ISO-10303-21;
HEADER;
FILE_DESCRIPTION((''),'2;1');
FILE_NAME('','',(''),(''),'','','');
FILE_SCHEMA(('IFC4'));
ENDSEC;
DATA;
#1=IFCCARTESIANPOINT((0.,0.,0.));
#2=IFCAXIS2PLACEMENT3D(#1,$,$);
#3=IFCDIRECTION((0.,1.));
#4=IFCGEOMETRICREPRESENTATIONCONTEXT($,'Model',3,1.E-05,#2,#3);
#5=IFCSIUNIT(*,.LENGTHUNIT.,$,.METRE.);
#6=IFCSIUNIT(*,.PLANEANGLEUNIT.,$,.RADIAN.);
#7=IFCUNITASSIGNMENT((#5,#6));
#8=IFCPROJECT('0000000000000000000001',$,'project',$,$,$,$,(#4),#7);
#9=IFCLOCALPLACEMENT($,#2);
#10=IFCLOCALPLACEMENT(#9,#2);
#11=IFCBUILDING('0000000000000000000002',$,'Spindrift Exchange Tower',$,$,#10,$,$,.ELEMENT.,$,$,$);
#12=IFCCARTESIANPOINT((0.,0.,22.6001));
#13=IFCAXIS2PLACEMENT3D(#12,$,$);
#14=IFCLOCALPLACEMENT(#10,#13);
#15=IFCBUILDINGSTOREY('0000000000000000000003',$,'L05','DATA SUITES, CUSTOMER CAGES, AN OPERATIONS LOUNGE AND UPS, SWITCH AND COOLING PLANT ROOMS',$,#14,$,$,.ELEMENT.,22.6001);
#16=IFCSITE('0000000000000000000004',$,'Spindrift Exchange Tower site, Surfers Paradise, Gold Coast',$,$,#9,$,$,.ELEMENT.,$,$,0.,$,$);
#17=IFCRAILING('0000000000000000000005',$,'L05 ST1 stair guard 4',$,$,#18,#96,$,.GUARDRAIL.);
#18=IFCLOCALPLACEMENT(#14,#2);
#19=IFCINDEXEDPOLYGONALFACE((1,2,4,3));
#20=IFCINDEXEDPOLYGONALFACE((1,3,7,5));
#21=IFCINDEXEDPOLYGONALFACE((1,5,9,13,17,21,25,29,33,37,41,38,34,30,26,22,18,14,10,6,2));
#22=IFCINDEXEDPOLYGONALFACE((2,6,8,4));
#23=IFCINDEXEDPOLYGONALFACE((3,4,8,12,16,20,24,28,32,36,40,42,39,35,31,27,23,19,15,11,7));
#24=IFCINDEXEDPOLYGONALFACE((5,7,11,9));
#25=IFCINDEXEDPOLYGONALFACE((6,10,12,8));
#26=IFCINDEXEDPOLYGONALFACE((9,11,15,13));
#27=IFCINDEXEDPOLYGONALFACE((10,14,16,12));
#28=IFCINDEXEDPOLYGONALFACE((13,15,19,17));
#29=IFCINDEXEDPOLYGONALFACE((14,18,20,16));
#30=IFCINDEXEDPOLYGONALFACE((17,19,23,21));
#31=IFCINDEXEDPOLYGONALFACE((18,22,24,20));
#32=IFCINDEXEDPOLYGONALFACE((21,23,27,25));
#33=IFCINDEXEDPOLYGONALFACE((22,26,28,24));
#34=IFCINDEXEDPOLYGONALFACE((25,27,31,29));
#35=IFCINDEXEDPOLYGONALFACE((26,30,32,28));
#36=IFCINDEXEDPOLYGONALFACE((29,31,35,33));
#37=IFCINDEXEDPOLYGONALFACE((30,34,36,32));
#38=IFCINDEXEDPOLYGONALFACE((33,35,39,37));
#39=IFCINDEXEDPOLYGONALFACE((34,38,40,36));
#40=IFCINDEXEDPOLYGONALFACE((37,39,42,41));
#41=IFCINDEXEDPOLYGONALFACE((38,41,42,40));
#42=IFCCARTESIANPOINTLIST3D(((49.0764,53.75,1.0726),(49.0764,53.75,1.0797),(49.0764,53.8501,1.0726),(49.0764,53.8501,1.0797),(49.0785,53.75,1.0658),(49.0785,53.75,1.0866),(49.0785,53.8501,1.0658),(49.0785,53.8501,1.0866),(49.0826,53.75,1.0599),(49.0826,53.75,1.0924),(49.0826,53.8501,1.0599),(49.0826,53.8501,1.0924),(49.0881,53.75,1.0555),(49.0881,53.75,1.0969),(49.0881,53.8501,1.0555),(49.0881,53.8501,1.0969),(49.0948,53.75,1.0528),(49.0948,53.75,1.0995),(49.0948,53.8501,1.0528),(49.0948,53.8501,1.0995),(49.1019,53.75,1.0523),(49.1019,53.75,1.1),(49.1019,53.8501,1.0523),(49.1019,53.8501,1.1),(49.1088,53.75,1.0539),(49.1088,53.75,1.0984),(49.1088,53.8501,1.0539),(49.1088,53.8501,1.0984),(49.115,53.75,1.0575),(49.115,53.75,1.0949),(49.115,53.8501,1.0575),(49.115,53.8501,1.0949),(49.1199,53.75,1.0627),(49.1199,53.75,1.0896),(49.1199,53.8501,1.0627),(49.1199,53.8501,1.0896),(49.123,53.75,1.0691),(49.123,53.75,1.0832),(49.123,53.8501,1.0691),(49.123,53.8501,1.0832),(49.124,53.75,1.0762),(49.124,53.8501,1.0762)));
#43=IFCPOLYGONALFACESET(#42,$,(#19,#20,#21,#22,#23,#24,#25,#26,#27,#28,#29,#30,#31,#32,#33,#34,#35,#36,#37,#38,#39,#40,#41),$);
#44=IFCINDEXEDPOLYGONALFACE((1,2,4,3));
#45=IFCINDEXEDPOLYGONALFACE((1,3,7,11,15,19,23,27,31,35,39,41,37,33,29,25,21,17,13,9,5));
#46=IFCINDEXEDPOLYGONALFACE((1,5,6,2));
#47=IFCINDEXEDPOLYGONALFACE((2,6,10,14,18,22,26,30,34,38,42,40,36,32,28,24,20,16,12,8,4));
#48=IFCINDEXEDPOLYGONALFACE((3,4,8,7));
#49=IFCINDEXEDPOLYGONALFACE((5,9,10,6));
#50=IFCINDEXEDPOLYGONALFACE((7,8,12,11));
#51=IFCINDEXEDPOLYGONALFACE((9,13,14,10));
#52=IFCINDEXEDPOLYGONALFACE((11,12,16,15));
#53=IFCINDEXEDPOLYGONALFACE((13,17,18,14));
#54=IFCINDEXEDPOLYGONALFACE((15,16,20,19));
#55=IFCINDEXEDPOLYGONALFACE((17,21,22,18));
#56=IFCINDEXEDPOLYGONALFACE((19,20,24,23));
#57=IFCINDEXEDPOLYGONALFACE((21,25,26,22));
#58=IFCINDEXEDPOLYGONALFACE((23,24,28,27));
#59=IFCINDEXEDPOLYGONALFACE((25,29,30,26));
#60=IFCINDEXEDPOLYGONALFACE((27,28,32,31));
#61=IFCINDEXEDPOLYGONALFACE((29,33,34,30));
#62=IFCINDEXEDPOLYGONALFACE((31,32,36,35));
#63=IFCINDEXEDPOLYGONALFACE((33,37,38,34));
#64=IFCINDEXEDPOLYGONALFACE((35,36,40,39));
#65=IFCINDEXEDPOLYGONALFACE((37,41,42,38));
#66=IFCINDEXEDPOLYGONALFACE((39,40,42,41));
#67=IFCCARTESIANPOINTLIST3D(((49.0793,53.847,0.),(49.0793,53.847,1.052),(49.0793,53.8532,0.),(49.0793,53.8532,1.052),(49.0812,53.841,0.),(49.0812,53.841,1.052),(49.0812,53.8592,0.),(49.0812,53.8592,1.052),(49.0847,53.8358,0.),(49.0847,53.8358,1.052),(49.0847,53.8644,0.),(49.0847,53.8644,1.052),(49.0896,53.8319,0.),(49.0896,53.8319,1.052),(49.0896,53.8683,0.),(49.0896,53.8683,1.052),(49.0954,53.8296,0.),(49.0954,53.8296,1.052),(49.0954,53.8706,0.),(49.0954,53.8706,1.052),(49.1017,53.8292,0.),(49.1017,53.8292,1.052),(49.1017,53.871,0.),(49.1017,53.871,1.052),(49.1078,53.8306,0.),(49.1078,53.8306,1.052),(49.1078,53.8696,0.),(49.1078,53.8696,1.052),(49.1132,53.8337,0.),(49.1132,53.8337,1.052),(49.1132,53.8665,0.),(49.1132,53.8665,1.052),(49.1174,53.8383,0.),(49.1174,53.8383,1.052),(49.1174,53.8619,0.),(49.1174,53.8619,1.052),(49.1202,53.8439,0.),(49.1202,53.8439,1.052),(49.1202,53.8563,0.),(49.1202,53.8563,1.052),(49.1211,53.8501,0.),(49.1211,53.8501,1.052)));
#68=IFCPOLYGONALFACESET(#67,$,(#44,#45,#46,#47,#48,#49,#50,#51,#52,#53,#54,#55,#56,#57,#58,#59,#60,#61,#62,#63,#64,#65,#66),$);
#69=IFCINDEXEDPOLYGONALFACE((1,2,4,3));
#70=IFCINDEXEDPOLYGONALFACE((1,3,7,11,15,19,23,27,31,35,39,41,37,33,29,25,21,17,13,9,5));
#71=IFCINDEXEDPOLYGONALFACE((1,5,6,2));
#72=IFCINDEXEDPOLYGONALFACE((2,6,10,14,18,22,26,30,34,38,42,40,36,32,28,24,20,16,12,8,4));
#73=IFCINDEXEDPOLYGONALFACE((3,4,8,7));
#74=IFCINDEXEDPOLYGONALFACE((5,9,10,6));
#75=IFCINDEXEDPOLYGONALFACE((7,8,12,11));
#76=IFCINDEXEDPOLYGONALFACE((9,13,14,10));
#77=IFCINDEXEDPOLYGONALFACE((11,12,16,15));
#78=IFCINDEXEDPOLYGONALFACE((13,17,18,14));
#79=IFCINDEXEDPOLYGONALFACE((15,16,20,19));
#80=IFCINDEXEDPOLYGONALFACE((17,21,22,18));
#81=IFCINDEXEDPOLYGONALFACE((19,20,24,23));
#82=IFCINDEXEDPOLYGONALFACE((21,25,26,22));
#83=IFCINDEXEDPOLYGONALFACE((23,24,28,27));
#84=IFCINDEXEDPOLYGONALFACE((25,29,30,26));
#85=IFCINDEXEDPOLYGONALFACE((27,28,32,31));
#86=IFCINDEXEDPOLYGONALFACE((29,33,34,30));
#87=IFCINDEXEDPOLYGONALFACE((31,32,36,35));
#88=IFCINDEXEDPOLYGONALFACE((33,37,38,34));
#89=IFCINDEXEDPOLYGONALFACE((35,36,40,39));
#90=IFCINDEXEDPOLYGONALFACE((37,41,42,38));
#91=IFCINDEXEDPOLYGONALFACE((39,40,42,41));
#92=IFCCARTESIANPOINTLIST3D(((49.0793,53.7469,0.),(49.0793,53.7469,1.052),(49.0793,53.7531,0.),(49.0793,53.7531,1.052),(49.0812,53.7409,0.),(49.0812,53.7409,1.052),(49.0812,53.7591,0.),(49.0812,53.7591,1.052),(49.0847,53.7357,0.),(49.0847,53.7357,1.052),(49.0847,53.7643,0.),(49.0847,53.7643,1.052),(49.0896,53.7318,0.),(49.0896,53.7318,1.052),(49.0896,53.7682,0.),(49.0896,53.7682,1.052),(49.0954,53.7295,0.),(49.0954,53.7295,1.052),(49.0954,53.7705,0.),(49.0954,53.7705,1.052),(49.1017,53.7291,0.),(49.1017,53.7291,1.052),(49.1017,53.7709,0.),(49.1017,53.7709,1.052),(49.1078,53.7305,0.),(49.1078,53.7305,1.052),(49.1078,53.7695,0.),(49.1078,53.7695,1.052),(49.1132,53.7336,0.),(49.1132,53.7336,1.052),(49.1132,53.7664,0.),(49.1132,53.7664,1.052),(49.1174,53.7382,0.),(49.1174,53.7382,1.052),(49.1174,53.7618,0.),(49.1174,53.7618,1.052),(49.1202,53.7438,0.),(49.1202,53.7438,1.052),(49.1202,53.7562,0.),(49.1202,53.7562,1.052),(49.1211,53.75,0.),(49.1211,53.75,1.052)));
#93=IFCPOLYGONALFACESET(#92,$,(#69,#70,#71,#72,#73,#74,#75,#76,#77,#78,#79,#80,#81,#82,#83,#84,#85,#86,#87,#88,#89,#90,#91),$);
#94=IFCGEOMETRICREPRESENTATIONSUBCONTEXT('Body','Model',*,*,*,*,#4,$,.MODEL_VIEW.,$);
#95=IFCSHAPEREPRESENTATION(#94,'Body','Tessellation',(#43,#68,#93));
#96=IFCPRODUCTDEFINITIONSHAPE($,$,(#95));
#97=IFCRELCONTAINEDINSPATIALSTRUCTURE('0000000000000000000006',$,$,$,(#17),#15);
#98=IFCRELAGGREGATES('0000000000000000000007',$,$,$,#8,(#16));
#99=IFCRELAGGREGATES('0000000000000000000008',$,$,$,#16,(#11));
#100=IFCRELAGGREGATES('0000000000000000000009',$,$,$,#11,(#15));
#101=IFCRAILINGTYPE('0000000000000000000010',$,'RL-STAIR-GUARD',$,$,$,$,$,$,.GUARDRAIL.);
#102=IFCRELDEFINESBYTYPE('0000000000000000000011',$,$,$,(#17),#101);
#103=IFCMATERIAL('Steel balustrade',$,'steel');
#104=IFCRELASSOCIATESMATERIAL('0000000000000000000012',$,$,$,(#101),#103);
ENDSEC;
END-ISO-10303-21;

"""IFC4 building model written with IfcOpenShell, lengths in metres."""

from ifc_helpers import new_model, si_unit, direction, frame, origin, origin_2d, place, context, subcontext, project, spatial, circle, extrude, material, type_object, element, save


model = new_model("IFC4")

# Units and contexts
model_context = context("Model", 3, precision=1e-05, world=origin(), true_north=direction((0.0, 1.0)))
body_context = subcontext(model_context, "Body", "Model", "MODEL_VIEW")
ifc_project = project(units=[si_unit("LENGTHUNIT", "METRE"), si_unit("PLANEANGLEUNIT", "RADIAN")], contexts=[model_context])

# Site, building, storey
site_placement = place(None, origin())
site = spatial("IfcSite", under=ifc_project, at=site_placement, Name="Spindrift Exchange Tower site, Surfers Paradise, Gold Coast", CompositionType="ELEMENT", RefElevation=0.0)
building_placement = place(site_placement, origin())
building = spatial("IfcBuilding", under=site, at=building_placement, Name="Spindrift Exchange Tower", CompositionType="ELEMENT")
storey_placement = place(building_placement, frame((0.0, 0.0, 22.6001)))
storey = spatial("IfcBuildingStorey", under=building, at=storey_placement, Name="L05", Description="DATA SUITES, CUSTOMER CAGES, AN OPERATIONS LOUNGE AND UPS, SWITCH AND COOLING PLANT ROOMS", CompositionType="ELEMENT", Elevation=22.6001)

# Railing
ifc_material_1 = material(Name="Steel balustrade", Category="steel")
railing_type_1 = type_object("IfcRailingType", Name="RL-STAIR-GUARD", PredefinedType="GUARDRAIL", material=ifc_material_1)
railing_1_placement = place(storey_placement, frame((49.1001, 53.8501, 0.0)))
element("IfcRailing", 1, at=railing_1_placement, inside=storey, type_object=railing_type_1, Name="L05 ST1 stair guard 4", PredefinedType="GUARDRAIL", context=body_context, shape_type="SweptSolid", body=[
    extrude(circle(Radius=0.0239, at=origin_2d()), frame((0.0, 0.0, 1.0762), z_axis=(0.0, -1.0, 0.0), x_axis=(1.0, 0.0, 0.0)), (0.0, 0.0, 1.0), 0.1001),
    extrude(circle(Radius=0.021, at=origin_2d()), origin(), (0.0, 0.0, 1.0), 1.052),
    extrude(circle(Radius=0.021, at=origin_2d()), frame((0.0, -0.1001, 0.0)), (0.0, 0.0, 1.0), 1.052),
])

save(model, "model.ifc")
